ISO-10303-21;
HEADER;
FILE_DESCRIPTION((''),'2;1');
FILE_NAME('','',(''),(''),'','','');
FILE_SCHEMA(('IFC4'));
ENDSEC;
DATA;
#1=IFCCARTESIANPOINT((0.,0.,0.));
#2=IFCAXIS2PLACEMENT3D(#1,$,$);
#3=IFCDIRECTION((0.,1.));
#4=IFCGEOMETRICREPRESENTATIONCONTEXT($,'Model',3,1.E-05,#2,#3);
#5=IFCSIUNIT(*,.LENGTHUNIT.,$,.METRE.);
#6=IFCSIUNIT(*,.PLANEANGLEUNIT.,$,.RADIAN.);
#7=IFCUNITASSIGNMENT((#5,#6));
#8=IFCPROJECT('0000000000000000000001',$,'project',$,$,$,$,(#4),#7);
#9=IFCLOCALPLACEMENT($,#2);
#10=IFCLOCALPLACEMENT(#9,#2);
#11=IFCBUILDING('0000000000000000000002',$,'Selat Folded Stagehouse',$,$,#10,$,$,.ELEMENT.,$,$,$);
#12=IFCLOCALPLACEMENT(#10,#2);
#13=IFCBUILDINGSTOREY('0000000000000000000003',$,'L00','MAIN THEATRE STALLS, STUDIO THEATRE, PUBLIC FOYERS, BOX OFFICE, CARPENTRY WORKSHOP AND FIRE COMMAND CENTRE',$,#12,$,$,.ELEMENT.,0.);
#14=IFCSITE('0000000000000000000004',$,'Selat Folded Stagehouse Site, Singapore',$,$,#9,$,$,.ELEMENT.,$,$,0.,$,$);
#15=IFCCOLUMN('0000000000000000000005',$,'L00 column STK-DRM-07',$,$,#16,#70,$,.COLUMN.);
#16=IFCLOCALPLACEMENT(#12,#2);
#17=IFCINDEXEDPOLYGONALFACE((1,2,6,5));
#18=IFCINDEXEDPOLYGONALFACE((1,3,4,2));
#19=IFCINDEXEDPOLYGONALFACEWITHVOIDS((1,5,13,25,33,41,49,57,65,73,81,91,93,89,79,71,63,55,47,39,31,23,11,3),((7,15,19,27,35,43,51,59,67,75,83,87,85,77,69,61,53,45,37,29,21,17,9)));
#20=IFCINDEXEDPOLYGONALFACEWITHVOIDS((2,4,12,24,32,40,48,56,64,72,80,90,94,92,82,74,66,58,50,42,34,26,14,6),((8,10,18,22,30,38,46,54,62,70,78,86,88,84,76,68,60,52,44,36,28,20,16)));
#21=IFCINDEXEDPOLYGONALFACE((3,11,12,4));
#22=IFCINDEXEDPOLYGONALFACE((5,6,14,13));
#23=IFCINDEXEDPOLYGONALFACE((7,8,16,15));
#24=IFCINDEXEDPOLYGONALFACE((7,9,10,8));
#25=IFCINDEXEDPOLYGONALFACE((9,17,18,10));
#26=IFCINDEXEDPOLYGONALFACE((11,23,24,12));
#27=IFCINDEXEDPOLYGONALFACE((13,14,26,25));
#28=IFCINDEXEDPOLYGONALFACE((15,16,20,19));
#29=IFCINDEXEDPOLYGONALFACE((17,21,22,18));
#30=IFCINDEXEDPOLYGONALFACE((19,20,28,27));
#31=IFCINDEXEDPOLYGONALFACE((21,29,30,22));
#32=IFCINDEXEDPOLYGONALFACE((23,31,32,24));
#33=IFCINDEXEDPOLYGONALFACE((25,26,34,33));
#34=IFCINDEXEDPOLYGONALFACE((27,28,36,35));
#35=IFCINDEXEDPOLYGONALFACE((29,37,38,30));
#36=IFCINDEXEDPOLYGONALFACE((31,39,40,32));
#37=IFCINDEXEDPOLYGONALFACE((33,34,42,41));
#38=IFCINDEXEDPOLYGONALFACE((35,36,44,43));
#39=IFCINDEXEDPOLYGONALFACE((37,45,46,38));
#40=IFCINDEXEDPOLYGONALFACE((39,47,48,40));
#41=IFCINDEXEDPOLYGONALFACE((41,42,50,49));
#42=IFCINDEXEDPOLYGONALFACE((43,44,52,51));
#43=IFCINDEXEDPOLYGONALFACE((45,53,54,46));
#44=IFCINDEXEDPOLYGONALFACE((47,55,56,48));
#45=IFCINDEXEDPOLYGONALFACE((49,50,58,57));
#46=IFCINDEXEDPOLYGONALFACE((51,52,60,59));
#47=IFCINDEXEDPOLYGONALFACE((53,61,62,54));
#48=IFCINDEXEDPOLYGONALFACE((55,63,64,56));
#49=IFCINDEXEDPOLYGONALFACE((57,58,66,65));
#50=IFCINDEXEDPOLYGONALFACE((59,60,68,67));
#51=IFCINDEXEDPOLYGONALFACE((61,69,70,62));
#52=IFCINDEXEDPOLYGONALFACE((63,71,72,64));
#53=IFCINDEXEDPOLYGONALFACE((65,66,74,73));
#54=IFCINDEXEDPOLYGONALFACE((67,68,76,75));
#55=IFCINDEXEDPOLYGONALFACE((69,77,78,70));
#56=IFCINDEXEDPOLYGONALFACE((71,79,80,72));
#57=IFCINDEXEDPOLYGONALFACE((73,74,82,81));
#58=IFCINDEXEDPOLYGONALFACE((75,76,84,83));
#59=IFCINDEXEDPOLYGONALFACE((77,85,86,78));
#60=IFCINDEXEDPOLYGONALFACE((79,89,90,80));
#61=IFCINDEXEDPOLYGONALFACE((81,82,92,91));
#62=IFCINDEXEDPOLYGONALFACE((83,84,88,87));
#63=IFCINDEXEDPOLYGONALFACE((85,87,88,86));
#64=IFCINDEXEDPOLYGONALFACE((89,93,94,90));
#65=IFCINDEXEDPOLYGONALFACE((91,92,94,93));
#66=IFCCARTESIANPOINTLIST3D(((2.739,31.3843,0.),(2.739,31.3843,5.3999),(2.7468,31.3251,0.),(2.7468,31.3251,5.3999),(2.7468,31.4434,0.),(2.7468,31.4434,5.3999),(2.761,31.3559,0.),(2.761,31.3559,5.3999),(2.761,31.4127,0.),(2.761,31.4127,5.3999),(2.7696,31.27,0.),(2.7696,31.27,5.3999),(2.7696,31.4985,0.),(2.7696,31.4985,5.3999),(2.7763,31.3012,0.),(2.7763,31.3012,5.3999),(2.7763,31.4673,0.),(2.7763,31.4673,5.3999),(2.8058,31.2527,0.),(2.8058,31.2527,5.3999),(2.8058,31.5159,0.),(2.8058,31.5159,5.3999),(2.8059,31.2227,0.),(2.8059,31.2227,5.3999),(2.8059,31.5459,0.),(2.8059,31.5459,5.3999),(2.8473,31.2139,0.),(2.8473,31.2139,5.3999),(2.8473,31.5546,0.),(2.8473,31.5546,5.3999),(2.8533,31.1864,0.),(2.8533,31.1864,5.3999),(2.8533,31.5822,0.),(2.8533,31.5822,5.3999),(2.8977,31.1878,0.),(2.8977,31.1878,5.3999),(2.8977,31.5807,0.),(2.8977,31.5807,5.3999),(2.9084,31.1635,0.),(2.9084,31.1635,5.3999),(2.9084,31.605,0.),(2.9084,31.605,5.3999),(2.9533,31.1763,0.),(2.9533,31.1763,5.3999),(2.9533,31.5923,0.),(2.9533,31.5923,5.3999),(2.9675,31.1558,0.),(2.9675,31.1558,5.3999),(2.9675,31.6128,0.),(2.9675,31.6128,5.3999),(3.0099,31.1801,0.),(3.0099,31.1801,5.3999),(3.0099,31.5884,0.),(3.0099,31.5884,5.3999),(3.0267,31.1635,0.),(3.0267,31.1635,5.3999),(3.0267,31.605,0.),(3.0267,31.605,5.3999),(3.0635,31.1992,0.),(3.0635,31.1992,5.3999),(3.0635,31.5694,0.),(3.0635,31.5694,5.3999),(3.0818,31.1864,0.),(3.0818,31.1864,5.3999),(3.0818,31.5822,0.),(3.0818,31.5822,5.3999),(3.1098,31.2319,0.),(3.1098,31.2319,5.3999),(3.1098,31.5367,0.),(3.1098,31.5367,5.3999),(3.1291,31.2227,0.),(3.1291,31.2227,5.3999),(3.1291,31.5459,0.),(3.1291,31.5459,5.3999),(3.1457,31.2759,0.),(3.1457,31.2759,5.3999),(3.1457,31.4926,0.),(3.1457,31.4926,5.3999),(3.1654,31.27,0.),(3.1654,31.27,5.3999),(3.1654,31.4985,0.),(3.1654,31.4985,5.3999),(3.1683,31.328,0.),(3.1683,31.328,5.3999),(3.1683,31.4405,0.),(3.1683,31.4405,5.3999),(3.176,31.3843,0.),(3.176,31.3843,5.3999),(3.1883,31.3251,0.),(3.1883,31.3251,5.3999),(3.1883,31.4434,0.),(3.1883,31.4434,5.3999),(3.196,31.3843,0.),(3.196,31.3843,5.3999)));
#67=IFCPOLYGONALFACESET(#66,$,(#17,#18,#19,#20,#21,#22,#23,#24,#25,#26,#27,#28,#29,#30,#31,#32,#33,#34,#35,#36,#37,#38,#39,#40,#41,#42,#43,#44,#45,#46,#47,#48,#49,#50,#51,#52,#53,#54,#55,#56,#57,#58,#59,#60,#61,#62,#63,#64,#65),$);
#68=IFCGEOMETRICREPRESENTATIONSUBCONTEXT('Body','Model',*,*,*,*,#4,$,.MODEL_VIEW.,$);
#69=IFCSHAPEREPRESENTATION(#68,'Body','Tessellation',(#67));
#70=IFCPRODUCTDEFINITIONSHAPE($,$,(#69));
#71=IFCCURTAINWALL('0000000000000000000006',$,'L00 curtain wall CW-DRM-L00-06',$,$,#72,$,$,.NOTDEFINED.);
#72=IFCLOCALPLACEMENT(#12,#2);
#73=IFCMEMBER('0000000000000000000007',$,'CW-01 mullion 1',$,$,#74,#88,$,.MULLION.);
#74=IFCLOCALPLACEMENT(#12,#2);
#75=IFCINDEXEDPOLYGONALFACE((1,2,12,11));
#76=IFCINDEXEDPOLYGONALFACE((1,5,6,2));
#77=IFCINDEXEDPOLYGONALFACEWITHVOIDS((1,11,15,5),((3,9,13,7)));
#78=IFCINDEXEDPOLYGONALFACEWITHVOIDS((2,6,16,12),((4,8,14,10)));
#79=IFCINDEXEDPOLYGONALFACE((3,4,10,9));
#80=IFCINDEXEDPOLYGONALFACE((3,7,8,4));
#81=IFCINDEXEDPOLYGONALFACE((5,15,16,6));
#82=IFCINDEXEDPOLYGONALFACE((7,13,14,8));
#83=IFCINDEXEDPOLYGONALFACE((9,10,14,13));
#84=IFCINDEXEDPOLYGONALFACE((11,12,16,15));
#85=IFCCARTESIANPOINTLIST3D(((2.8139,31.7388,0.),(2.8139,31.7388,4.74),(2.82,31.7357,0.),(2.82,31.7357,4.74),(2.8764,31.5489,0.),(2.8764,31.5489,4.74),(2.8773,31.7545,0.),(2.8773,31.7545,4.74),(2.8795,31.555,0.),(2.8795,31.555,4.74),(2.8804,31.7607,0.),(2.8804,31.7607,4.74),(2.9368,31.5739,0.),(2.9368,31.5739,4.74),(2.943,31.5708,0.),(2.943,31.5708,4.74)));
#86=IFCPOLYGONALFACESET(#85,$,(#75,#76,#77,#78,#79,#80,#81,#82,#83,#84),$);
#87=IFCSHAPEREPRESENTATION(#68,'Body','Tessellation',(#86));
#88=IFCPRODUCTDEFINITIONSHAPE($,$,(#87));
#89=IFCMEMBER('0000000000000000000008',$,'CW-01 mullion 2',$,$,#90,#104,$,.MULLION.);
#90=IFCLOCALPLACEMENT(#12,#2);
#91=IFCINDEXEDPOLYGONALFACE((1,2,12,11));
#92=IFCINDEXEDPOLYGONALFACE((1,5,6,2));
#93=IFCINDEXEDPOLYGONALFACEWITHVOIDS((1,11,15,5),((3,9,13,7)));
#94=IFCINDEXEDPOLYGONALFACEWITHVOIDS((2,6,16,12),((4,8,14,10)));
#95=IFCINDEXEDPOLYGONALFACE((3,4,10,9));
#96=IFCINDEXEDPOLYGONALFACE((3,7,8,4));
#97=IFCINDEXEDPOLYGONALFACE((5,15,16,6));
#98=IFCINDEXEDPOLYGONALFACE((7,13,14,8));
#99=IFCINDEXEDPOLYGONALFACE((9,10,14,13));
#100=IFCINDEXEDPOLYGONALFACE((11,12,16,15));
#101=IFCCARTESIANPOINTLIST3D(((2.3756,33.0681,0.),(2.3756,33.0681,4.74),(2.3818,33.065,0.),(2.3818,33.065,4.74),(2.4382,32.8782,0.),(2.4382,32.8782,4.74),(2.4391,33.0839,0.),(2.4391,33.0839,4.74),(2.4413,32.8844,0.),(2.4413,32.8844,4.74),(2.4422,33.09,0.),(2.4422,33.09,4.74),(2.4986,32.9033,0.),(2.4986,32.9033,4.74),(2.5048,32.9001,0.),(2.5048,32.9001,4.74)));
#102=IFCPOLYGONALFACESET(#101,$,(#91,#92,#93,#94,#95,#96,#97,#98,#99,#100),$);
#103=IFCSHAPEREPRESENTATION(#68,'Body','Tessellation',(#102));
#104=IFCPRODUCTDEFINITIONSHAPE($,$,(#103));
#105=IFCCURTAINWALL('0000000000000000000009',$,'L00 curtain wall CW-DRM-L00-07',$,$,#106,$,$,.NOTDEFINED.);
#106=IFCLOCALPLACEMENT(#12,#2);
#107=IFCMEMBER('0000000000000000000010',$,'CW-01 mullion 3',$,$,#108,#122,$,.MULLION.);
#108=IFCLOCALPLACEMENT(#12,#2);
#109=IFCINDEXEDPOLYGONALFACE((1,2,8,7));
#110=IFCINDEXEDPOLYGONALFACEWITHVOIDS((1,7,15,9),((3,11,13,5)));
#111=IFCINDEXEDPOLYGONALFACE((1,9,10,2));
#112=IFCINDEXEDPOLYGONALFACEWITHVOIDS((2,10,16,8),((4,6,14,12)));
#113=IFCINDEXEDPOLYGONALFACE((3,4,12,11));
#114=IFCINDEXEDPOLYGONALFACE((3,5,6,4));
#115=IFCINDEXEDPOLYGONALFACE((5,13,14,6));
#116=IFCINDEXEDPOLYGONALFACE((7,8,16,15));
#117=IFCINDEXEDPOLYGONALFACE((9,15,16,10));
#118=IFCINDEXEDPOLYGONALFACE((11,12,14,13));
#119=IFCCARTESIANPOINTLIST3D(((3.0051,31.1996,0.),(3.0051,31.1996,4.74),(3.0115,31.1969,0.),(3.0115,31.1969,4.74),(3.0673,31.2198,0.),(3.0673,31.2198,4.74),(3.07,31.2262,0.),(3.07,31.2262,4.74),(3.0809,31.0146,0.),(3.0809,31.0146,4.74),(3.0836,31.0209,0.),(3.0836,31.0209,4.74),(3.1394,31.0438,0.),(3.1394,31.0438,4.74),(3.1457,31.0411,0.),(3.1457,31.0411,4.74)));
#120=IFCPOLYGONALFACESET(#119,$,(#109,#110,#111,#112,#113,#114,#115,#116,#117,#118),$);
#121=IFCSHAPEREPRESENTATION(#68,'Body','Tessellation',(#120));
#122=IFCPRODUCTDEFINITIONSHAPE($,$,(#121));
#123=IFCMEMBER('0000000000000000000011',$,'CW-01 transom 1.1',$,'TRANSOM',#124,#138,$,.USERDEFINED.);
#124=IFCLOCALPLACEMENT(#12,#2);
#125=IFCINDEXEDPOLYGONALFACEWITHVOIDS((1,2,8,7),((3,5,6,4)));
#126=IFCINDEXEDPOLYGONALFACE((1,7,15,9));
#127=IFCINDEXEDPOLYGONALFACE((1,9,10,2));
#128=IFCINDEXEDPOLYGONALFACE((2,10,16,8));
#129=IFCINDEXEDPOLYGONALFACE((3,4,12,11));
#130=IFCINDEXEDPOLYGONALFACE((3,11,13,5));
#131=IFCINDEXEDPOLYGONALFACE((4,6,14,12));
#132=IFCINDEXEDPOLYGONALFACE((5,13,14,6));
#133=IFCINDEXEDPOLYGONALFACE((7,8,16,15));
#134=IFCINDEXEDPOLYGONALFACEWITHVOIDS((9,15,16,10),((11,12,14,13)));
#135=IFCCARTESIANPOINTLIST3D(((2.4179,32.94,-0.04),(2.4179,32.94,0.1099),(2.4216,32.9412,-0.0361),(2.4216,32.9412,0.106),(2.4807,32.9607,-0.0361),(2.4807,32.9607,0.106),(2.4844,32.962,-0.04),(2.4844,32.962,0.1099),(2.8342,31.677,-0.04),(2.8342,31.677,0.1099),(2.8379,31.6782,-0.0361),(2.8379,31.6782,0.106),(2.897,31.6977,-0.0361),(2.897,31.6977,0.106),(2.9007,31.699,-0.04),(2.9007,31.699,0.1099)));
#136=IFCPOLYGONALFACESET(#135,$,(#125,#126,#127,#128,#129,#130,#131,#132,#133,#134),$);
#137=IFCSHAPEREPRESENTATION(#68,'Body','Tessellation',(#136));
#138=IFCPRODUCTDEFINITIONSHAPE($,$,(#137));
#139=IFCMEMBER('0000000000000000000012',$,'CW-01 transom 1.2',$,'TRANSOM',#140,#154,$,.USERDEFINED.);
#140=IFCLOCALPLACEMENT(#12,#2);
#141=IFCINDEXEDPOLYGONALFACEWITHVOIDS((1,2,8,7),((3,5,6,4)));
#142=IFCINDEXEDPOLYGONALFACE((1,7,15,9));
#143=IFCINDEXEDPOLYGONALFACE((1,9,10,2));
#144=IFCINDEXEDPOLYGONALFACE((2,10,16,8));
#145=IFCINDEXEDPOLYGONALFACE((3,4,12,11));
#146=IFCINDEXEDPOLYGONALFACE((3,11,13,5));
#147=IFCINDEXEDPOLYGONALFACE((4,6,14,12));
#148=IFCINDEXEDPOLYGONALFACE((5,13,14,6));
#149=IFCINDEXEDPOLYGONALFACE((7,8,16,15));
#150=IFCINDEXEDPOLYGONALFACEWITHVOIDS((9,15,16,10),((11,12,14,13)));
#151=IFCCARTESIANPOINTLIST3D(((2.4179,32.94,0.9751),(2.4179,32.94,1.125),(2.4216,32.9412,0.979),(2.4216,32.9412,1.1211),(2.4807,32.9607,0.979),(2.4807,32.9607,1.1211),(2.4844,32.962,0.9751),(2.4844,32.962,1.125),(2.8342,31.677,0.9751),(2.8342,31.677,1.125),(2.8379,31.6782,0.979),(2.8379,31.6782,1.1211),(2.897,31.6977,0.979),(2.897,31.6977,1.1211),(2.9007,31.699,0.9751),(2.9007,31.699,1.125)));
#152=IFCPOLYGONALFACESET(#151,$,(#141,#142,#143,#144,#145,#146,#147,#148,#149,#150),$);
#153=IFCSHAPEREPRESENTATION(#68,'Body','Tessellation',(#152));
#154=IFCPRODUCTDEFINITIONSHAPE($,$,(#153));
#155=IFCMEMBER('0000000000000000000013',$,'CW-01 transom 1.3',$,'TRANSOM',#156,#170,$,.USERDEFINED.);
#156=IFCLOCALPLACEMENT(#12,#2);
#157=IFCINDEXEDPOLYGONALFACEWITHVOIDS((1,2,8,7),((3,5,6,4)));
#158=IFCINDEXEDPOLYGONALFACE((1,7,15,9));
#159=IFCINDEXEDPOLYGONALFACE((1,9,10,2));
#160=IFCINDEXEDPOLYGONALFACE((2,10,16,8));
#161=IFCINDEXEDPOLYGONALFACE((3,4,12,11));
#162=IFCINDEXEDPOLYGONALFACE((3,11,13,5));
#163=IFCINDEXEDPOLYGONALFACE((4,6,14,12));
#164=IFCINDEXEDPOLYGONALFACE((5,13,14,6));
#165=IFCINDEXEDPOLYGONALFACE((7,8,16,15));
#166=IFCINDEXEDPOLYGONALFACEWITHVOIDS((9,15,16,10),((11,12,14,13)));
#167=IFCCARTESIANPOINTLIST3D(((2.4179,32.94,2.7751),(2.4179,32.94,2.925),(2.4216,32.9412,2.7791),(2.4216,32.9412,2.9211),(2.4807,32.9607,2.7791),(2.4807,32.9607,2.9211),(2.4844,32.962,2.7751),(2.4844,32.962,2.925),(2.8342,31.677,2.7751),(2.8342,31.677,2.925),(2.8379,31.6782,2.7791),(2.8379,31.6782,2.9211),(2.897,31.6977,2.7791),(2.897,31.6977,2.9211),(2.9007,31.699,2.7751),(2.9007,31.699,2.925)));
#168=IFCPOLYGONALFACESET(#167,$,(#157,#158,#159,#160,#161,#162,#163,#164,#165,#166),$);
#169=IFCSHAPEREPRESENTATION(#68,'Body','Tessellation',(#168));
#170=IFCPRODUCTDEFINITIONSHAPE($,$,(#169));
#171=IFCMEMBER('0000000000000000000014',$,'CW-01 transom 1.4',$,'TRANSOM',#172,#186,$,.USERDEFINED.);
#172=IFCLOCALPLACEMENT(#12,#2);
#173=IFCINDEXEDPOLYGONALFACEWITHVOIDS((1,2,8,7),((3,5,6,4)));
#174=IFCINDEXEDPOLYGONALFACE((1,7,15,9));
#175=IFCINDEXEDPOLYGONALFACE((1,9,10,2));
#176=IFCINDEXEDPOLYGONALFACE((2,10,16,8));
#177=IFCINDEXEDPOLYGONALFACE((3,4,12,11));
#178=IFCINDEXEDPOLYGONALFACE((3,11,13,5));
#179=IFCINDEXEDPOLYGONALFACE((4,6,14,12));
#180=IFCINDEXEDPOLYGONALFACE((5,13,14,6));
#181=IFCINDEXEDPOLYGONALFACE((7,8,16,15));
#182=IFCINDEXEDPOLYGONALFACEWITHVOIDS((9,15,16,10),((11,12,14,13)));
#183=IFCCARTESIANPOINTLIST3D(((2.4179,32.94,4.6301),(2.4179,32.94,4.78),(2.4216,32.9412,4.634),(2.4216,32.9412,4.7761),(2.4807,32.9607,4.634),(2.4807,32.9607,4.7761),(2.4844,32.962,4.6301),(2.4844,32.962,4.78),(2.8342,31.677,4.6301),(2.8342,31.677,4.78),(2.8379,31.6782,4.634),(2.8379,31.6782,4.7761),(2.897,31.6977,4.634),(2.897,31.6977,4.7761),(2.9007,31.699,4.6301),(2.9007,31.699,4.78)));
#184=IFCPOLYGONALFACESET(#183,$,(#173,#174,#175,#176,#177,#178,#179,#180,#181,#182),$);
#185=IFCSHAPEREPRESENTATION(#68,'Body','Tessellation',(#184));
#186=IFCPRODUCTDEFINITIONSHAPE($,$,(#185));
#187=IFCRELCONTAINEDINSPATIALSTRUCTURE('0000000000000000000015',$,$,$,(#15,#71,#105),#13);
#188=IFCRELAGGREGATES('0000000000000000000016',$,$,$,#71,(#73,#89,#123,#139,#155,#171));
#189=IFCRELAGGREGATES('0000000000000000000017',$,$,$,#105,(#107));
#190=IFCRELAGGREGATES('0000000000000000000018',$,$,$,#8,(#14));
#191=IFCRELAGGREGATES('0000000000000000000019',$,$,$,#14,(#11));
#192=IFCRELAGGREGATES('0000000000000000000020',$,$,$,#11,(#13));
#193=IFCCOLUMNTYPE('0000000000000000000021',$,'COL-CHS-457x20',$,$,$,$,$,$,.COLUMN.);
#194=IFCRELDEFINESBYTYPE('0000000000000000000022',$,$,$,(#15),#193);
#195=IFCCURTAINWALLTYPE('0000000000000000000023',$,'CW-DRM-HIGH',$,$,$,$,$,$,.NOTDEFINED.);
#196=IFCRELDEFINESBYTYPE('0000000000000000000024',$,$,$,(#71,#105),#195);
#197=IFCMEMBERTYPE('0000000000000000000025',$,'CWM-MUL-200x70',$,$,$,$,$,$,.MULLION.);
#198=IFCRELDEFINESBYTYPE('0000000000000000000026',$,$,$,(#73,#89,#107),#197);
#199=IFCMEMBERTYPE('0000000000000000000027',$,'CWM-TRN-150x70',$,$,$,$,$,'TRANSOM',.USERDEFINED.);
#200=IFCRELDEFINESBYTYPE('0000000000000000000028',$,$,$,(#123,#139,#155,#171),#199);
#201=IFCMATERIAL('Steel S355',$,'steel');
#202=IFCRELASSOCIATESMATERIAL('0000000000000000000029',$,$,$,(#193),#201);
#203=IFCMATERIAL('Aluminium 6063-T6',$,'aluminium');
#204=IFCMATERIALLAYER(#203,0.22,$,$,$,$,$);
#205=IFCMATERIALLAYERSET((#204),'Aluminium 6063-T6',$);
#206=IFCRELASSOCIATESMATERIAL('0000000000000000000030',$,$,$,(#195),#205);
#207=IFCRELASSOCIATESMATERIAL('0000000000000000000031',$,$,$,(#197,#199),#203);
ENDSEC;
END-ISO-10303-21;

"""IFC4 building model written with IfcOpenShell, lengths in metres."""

from ifc_helpers import new_model, si_unit, direction, frame, origin, origin_2d, place, context, subcontext, project, spatial, hollow_rectangle, hollow_circle, extrude, material, layer, layer_set, material_profile, profile_set, type_object, element, aggregate, save


model = new_model("IFC4")

# Units and contexts
model_context = context("Model", 3, precision=1e-05, world=origin(), true_north=direction((0.0, 1.0)))
body_context = subcontext(model_context, "Body", "Model", "MODEL_VIEW")
ifc_project = project(units=[si_unit("LENGTHUNIT", "METRE"), si_unit("PLANEANGLEUNIT", "RADIAN")], contexts=[model_context])

# Site, building, storey
site_placement = place(None, origin())
site = spatial("IfcSite", under=ifc_project, at=site_placement, Name="Selat Folded Stagehouse Site, Singapore", CompositionType="ELEMENT", RefElevation=0.0)
building_placement = place(site_placement, origin())
building = spatial("IfcBuilding", under=site, at=building_placement, Name="Selat Folded Stagehouse", CompositionType="ELEMENT")
storey_placement = place(building_placement, origin())
storey = spatial("IfcBuildingStorey", under=building, at=storey_placement, Name="L00", Description="MAIN THEATRE STALLS, STUDIO THEATRE, PUBLIC FOYERS, BOX OFFICE, CARPENTRY WORKSHOP AND FIRE COMMAND CENTRE", CompositionType="ELEMENT", Elevation=0.0)

# Column
ifc_material_1 = material(Name="Steel S355", Category="steel")
ifc_material_profile_1 = material_profile(ifc_material_1, hollow_circle(Radius=0.2285, WallThickness=0.02, at=origin_2d()), Name="CHS 457.0x20.0")
ifc_profile_set_1 = profile_set([ifc_material_profile_1], Name="Steel S355")
column_type = type_object("IfcColumnType", Name="COL-CHS-457x20", PredefinedType="COLUMN", material=ifc_profile_set_1)
column_placement = place(storey_placement, frame((2.9675, 31.3843, 0.0), z_axis=(0.0, 0.0, 1.0), x_axis=(1.0, 0.0, 0.0)))
element("IfcColumn", 1, at=column_placement, inside=storey, type_object=column_type, Name="L00 column STK-DRM-07", PredefinedType="COLUMN", context=body_context, shape_type="SweptSolid", body=[
    extrude(hollow_circle(Radius=0.2285, WallThickness=0.02, at=origin_2d()), origin(), (0.0, 0.0, 1.0), 5.3999),
])

# Curtain wall, members
ifc_material_2 = material(Name="Aluminium 6063-T6", Category="aluminium")
ifc_layer_1 = layer(ifc_material_2, 0.22)
ifc_layer_set_1 = layer_set([ifc_layer_1], Name="Aluminium 6063-T6")
curtain_wall_type = type_object("IfcCurtainWallType", Name="CW-DRM-HIGH", PredefinedType="NOTDEFINED", material=ifc_layer_set_1)
curtain_wall_1_placement = place(storey_placement, origin())
curtain_wall_1 = element("IfcCurtainWall", 2, at=curtain_wall_1_placement, inside=storey, type_object=curtain_wall_type, Name="L00 curtain wall CW-DRM-L00-06", PredefinedType="NOTDEFINED")
ifc_material_profile_2 = material_profile(ifc_material_2, hollow_rectangle(XDim=0.0701, YDim=0.2, WallThickness=0.0049, at=origin_2d()), Name="ALU 200x70x5.0")
ifc_profile_set_2 = profile_set([ifc_material_profile_2], Name="Aluminium 6063-T6")
member_type_1 = type_object("IfcMemberType", Name="CWM-MUL-200x70", PredefinedType="MULLION", material=ifc_profile_set_2)
member_1_placement = place(storey_placement, frame((2.8784, 31.6548, 0.0), z_axis=(0.0, 0.0, 1.0), x_axis=(-0.949755, -0.312995, 0.0)))
member_1 = element("IfcMember", 3, at=member_1_placement, type_object=member_type_1, Name="CW-01 mullion 1", PredefinedType="MULLION", context=body_context, shape_type="SweptSolid", body=[
    extrude(hollow_rectangle(XDim=0.0701, YDim=0.2, WallThickness=0.0049, at=origin_2d()), origin(), (0.0, 0.0, 1.0), 4.74),
])
member_2_placement = place(storey_placement, frame((2.4402, 32.9841, 0.0), z_axis=(0.0, 0.0, 1.0), x_axis=(-0.949755, -0.312995, 0.0)))
member_2 = element("IfcMember", 4, at=member_2_placement, type_object=member_type_1, Name="CW-01 mullion 2", PredefinedType="MULLION", context=body_context, shape_type="SweptSolid", body=[
    extrude(hollow_rectangle(XDim=0.0701, YDim=0.2, WallThickness=0.0049, at=origin_2d()), origin(), (0.0, 0.0, 1.0), 4.74),
])

# Curtain wall, member
curtain_wall_2_placement = place(storey_placement, origin())
curtain_wall_2 = element("IfcCurtainWall", 5, at=curtain_wall_2_placement, inside=storey, type_object=curtain_wall_type, Name="L00 curtain wall CW-DRM-L00-07", PredefinedType="NOTDEFINED")
member_3_placement = place(storey_placement, frame((3.0754, 31.1204, 0.0), z_axis=(0.0, 0.0, 1.0), x_axis=(-0.925441, -0.378891, 0.0)))
member_3 = element("IfcMember", 6, at=member_3_placement, type_object=member_type_1, Name="CW-01 mullion 3", PredefinedType="MULLION", context=body_context, shape_type="SweptSolid", body=[
    extrude(hollow_rectangle(XDim=0.0701, YDim=0.2, WallThickness=0.0049, at=origin_2d()), origin(), (0.0, 0.0, 1.0), 4.74),
])

# Members
ifc_material_profile_3 = material_profile(ifc_material_2, hollow_rectangle(XDim=0.0701, YDim=0.1499, WallThickness=0.0039, at=origin_2d()), Name="ALU 150x70x4.0")
ifc_profile_set_3 = profile_set([ifc_material_profile_3], Name="Aluminium 6063-T6")
member_type_2 = type_object("IfcMemberType", Name="CWM-TRN-150x70", ElementType="TRANSOM", PredefinedType="USERDEFINED", material=ifc_profile_set_3)
member_4_placement = place(storey_placement, frame((2.8674, 31.688, 0.0349), z_axis=(-0.313031, 0.949743, 0.0), x_axis=(-0.949743, -0.313031, 0.0)))
member_4 = element("IfcMember", 7, at=member_4_placement, type_object=member_type_2, Name="CW-01 transom 1.1", ObjectType="TRANSOM", PredefinedType="USERDEFINED", context=body_context, shape_type="SweptSolid", body=[
    extrude(hollow_rectangle(XDim=0.0701, YDim=0.1499, WallThickness=0.0039, at=origin_2d()), origin(), (0.0, 0.0, 1.0), 1.3298),
])
member_5_placement = place(storey_placement, frame((2.8674, 31.688, 1.05), z_axis=(-0.313031, 0.949743, 0.0), x_axis=(-0.949743, -0.313031, 0.0)))
member_5 = element("IfcMember", 8, at=member_5_placement, type_object=member_type_2, Name="CW-01 transom 1.2", ObjectType="TRANSOM", PredefinedType="USERDEFINED", context=body_context, shape_type="SweptSolid", body=[
    extrude(hollow_rectangle(XDim=0.0701, YDim=0.1499, WallThickness=0.0039, at=origin_2d()), origin(), (0.0, 0.0, 1.0), 1.3298),
])
member_6_placement = place(storey_placement, frame((2.8674, 31.688, 2.8501), z_axis=(-0.313031, 0.949743, 0.0), x_axis=(-0.949743, -0.313031, 0.0)))
member_6 = element("IfcMember", 9, at=member_6_placement, type_object=member_type_2, Name="CW-01 transom 1.3", ObjectType="TRANSOM", PredefinedType="USERDEFINED", context=body_context, shape_type="SweptSolid", body=[
    extrude(hollow_rectangle(XDim=0.0701, YDim=0.1499, WallThickness=0.0039, at=origin_2d()), origin(), (0.0, 0.0, 1.0), 1.3298),
])
member_7_placement = place(storey_placement, frame((2.8674, 31.688, 4.7051), z_axis=(-0.313031, 0.949743, 0.0), x_axis=(-0.949743, -0.313031, 0.0)))
member_7 = element("IfcMember", 10, at=member_7_placement, type_object=member_type_2, Name="CW-01 transom 1.4", ObjectType="TRANSOM", PredefinedType="USERDEFINED", context=body_context, shape_type="SweptSolid", body=[
    extrude(hollow_rectangle(XDim=0.0701, YDim=0.1499, WallThickness=0.0039, at=origin_2d()), origin(), (0.0, 0.0, 1.0), 1.3298),
])

aggregate(curtain_wall_1, [member_1, member_2, member_4, member_5, member_6, member_7])
aggregate(curtain_wall_2, [member_3])

save(model, "model.ifc")
